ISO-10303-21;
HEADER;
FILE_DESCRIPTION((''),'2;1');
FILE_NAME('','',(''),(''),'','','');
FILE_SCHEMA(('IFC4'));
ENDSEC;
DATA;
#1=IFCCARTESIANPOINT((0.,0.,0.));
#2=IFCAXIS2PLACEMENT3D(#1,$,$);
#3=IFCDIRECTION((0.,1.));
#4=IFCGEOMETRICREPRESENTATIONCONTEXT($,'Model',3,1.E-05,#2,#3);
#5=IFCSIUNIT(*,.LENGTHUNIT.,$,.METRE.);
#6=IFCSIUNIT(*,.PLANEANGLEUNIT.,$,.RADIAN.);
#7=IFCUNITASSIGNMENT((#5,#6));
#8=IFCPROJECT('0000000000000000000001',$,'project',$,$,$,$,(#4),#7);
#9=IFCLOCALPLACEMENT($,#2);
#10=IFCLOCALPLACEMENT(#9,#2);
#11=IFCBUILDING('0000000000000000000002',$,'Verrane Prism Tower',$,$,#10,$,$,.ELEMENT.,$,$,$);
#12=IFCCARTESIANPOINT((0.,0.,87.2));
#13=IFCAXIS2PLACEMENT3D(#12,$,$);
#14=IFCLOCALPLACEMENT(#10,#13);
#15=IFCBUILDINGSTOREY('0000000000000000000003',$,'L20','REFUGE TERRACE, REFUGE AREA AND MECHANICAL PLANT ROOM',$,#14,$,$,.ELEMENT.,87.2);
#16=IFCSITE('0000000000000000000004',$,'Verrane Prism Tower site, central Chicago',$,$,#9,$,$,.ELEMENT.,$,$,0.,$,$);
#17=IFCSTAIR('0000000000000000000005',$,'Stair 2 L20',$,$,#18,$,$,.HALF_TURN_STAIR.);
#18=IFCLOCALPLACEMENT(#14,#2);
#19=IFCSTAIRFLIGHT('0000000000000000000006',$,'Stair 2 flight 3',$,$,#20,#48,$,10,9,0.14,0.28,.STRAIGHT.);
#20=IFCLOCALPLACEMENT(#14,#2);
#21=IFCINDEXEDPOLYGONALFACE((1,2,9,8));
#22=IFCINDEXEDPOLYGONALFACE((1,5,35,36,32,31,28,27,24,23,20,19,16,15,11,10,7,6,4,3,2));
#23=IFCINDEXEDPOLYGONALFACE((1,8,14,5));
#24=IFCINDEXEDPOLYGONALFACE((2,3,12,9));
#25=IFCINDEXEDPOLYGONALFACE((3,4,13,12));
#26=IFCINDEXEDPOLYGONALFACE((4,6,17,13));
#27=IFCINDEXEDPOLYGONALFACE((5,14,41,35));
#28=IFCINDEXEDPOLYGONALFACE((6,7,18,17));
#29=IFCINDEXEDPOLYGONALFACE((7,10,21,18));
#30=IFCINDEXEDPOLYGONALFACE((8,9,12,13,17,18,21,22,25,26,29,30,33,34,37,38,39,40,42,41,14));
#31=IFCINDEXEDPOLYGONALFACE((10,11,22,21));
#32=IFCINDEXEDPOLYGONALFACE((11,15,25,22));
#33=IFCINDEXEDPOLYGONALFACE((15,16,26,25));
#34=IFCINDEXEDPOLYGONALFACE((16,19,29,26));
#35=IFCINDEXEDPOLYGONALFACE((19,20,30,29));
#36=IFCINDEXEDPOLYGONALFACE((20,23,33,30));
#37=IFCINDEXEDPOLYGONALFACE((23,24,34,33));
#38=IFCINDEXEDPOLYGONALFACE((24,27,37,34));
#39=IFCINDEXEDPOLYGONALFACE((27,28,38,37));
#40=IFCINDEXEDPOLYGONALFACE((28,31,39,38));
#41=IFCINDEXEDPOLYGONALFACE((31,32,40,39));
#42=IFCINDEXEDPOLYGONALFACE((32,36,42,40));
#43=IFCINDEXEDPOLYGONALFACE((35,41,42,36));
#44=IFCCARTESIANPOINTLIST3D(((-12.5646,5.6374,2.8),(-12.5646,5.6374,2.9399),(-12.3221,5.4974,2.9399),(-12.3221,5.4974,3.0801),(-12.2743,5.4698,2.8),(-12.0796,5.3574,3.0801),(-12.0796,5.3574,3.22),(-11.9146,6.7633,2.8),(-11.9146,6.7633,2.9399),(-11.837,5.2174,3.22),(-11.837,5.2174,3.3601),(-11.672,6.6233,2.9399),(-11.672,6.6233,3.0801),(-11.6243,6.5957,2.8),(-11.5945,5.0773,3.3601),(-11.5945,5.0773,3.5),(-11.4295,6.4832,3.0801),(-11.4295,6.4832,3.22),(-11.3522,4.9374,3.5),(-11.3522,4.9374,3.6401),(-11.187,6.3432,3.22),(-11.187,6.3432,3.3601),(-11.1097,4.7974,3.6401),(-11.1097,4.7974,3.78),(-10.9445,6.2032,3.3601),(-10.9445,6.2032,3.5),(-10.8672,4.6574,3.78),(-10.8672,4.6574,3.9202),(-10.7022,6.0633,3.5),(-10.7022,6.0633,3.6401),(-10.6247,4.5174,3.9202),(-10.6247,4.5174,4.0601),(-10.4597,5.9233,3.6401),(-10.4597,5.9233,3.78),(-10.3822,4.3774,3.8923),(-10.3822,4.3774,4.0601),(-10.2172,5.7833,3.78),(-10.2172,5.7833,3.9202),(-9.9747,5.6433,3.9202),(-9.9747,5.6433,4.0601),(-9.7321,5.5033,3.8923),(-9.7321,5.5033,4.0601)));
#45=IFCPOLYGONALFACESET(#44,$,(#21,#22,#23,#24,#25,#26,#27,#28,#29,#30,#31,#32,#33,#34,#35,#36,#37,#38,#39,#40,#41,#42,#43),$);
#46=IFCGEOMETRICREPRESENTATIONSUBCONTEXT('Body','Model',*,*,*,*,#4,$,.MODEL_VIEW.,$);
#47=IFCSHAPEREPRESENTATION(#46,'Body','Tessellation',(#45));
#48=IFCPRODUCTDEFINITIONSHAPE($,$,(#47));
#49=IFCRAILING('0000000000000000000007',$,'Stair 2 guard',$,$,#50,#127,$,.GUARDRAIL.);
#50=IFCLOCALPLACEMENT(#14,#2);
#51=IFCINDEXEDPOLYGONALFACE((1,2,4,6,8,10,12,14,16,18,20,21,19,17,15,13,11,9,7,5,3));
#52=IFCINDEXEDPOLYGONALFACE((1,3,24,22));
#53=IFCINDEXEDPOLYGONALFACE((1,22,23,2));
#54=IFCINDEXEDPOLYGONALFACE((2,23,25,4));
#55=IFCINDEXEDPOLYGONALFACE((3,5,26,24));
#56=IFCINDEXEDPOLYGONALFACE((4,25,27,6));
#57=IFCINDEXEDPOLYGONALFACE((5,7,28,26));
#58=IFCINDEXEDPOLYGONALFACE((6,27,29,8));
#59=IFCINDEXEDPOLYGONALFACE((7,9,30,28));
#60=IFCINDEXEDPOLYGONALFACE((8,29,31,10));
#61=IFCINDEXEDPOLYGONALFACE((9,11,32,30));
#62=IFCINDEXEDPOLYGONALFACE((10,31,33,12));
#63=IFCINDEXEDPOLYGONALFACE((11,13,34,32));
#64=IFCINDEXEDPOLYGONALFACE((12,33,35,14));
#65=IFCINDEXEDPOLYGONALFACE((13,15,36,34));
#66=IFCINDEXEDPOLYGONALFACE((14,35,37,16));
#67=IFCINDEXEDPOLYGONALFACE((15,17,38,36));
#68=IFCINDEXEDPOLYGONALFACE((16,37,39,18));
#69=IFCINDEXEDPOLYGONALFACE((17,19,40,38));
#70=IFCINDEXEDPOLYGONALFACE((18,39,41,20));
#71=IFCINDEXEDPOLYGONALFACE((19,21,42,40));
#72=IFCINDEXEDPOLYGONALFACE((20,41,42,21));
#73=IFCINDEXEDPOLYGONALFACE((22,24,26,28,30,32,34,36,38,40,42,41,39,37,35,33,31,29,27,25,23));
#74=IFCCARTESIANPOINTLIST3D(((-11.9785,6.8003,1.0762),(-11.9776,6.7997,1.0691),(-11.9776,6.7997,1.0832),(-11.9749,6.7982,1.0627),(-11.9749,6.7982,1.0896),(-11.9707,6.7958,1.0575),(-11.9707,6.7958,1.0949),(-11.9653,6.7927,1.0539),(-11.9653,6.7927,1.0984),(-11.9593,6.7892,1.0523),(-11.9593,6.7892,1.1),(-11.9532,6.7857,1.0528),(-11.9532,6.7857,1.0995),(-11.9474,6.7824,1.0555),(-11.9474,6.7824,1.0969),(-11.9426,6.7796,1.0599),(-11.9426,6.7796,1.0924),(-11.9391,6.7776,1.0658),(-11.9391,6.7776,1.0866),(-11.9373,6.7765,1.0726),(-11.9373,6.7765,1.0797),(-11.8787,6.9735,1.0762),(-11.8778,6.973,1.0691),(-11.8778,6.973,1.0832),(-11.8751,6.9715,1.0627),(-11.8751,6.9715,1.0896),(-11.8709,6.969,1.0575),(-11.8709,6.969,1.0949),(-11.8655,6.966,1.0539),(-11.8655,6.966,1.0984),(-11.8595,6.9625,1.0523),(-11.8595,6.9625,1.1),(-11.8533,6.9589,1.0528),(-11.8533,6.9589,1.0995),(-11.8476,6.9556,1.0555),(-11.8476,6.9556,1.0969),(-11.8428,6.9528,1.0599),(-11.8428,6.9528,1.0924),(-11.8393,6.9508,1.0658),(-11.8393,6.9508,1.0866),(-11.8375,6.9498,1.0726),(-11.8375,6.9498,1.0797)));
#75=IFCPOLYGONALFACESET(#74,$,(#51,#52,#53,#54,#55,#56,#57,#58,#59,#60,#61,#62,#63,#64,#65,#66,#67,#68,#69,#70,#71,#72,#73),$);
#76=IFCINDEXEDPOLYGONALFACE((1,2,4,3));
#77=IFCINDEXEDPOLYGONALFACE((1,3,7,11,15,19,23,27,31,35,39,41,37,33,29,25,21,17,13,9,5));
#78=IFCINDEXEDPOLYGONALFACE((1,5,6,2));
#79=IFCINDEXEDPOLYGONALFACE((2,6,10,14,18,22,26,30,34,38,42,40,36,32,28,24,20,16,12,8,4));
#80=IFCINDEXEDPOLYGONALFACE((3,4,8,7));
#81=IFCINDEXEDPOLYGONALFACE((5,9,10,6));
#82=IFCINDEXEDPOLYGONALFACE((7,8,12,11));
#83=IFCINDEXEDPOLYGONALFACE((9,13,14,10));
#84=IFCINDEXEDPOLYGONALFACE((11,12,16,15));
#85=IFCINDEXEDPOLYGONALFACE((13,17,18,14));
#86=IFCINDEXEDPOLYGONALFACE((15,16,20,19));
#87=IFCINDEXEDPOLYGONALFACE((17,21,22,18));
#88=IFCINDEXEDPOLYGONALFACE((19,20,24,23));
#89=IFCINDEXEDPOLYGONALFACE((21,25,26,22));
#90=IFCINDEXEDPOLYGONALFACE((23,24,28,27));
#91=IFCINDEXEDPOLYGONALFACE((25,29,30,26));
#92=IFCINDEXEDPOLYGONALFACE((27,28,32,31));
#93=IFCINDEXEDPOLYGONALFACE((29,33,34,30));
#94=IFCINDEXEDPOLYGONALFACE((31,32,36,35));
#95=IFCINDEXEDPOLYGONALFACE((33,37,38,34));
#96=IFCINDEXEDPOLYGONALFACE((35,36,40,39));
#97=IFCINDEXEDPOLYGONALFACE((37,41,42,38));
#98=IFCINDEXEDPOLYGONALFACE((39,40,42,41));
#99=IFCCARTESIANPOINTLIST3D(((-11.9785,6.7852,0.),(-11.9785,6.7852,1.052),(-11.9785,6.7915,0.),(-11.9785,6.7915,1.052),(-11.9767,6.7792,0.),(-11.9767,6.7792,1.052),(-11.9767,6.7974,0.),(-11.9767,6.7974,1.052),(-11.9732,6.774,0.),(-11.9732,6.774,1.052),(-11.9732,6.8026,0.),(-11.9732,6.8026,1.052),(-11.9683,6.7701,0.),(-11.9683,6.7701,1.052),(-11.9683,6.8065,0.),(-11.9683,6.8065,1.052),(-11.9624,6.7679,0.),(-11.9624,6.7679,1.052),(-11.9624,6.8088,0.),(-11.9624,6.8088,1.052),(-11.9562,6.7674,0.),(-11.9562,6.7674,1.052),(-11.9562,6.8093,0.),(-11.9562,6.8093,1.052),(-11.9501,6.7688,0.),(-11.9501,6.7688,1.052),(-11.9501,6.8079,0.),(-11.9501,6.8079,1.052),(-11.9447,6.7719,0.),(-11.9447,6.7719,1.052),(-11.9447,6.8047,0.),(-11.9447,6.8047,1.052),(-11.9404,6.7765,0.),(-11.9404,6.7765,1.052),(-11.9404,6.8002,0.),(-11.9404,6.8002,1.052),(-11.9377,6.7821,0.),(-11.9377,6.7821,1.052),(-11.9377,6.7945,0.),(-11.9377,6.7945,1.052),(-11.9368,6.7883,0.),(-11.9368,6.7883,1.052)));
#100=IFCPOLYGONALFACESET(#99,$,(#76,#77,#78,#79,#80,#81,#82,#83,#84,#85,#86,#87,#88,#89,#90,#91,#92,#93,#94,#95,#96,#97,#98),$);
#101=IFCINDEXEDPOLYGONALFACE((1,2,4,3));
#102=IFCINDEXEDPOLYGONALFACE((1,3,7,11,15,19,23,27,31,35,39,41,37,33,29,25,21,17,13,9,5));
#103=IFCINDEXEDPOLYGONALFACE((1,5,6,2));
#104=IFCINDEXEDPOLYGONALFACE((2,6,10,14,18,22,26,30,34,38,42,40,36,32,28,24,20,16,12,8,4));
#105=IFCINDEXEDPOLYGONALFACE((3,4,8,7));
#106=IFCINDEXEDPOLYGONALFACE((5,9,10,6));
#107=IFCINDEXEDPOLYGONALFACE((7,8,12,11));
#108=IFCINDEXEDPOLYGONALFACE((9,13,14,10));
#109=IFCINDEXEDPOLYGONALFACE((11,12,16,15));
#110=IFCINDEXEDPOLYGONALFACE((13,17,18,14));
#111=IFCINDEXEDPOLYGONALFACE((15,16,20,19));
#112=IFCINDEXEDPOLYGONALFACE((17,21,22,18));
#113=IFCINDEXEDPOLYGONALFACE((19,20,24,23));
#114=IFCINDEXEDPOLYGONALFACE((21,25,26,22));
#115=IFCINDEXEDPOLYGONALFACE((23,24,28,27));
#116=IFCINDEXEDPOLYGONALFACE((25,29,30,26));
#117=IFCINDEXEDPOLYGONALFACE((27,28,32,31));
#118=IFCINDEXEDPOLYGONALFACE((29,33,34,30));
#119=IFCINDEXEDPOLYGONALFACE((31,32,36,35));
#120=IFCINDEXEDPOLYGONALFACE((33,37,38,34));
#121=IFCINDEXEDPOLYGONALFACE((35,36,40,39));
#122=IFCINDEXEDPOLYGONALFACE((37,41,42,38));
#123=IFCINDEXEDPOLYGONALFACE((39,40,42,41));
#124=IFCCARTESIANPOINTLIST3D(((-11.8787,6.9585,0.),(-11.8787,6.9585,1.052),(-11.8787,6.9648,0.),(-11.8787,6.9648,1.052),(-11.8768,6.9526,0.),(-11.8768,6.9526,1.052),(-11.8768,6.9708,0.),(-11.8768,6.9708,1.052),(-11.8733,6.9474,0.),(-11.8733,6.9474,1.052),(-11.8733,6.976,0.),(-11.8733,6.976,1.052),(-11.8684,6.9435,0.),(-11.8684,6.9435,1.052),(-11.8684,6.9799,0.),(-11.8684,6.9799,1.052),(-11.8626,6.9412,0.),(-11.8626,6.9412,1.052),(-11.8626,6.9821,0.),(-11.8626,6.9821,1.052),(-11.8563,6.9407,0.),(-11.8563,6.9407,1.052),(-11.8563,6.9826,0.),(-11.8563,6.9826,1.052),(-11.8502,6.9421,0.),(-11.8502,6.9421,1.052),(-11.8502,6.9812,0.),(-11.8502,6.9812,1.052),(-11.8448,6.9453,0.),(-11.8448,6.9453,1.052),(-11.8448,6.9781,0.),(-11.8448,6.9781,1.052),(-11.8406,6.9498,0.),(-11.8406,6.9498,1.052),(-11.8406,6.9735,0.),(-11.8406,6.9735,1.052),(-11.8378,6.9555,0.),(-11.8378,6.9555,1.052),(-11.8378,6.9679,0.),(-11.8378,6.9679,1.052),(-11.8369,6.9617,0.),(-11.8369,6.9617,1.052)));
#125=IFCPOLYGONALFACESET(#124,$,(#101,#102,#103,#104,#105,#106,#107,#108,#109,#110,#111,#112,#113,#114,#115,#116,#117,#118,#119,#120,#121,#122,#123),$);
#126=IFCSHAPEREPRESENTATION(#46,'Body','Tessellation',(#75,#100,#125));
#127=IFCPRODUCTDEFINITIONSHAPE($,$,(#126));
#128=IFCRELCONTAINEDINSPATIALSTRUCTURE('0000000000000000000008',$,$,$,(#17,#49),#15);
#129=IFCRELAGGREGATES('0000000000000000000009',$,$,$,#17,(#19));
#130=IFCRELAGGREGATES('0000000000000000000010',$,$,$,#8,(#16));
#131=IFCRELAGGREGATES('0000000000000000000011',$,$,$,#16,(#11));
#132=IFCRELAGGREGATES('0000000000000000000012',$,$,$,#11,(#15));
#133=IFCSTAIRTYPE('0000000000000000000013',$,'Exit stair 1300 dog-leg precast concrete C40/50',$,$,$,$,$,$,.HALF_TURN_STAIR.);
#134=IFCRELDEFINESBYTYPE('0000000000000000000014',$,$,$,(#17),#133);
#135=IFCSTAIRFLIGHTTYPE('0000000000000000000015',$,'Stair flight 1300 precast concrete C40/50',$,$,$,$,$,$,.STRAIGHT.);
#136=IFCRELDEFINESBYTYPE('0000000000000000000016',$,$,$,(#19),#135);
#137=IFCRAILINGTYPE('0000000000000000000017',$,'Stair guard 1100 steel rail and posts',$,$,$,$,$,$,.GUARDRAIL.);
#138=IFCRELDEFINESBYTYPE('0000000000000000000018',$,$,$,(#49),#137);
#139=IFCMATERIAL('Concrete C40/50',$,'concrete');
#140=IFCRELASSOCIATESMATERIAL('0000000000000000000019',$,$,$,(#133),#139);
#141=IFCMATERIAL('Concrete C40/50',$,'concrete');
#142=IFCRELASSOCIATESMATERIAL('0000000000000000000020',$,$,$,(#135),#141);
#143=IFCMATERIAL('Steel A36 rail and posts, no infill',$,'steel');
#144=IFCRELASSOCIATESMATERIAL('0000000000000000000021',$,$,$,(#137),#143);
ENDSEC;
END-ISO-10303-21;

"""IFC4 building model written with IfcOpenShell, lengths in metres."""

from ifc_helpers import new_model, si_unit, direction, frame, origin, origin_2d, place, context, subcontext, project, spatial, polyline, circle, outline, extrude, material, type_object, element, aggregate, save


model = new_model("IFC4")

# Units and contexts
model_context = context("Model", 3, precision=1e-05, world=origin(), true_north=direction((0.0, 1.0)))
body_context = subcontext(model_context, "Body", "Model", "MODEL_VIEW")
ifc_project = project(units=[si_unit("LENGTHUNIT", "METRE"), si_unit("PLANEANGLEUNIT", "RADIAN")], contexts=[model_context])

# Site, building, storey
site_placement = place(None, origin())
site = spatial("IfcSite", under=ifc_project, at=site_placement, Name="Verrane Prism Tower site, central Chicago", CompositionType="ELEMENT", RefElevation=0.0)
building_placement = place(site_placement, origin())
building = spatial("IfcBuilding", under=site, at=building_placement, Name="Verrane Prism Tower", CompositionType="ELEMENT")
storey_placement = place(building_placement, frame((0.0, 0.0, 87.2)))
storey = spatial("IfcBuildingStorey", under=building, at=storey_placement, Name="L20", Description="REFUGE TERRACE, REFUGE AREA AND MECHANICAL PLANT ROOM", CompositionType="ELEMENT", Elevation=87.2)

# Stair, stair flight
ifc_material_1 = material(Name="Concrete C40/50", Category="concrete")
stair_type = type_object("IfcStairType", Name="Exit stair 1300 dog-leg precast concrete C40/50", PredefinedType="HALF_TURN_STAIR", material=ifc_material_1)
stair_placement = place(storey_placement, origin())
stair = element("IfcStair", 1, at=stair_placement, inside=storey, type_object=stair_type, Name="Stair 2 L20", PredefinedType="HALF_TURN_STAIR")
ifc_material_2 = material(Name="Concrete C40/50", Category="concrete")
stair_flight_type = type_object("IfcStairFlightType", Name="Stair flight 1300 precast concrete C40/50", PredefinedType="STRAIGHT", material=ifc_material_2)
stair_flight_1_placement = place(storey_placement, frame((-12.2395, 6.2004, 2.8), z_axis=(0.0, 0.0, 1.0), x_axis=(0.866025, -0.5, 0.0)))
stair_flight_1 = element("IfcStairFlight", 2, at=stair_flight_1_placement, type_object=stair_flight_type, Name="Stair 2 flight 3", NumberOfRisers=10, NumberOfTreads=9, PredefinedType="STRAIGHT", RiserHeight=0.14, TreadLength=0.28, context=body_context, shape_type="SweptSolid", body=[
    extrude(outline(polyline([(0.0, 0.0), (0.0, 0.1399), (0.28, 0.1399), (0.28, 0.28), (0.5601, 0.28), (0.5601, 0.4199), (0.8401, 0.4199), (0.8401, 0.5601), (1.1201, 0.5601), (1.1201, 0.7), (1.3999, 0.7), (1.3999, 0.8401), (1.6799, 0.8401), (1.6799, 0.98), (1.96, 0.98), (1.96, 1.1201), (2.24, 1.1201), (2.24, 1.26), (2.52, 1.26), (2.52, 1.3999), (2.52, 1.0923), (0.3352, 0.0), (0.0, 0.0)])), frame((0.0, 0.6499, 0.0), z_axis=(0.0, -1.0, 0.0), x_axis=(1.0, 0.0, 0.0)), (0.0, 0.0, 1.0), 1.3),
])
aggregate(stair, [stair_flight_1])

# Railing
ifc_material_3 = material(Name="Steel A36 rail and posts, no infill", Category="steel")
railing_type_1 = type_object("IfcRailingType", Name="Stair guard 1100 steel rail and posts", PredefinedType="GUARDRAIL", material=ifc_material_3)
railing_1_placement = place(storey_placement, frame((-11.9578, 6.7883, 0.0)))
element("IfcRailing", 3, at=railing_1_placement, inside=storey, type_object=railing_type_1, Name="Stair 2 guard", PredefinedType="GUARDRAIL", context=body_context, shape_type="SweptSolid", body=[
    extrude(circle(Radius=0.0239, at=origin_2d()), frame((0.0, 0.0, 1.0762), z_axis=(0.499159, 0.86651, 0.0), x_axis=(-0.86651, 0.499159, 0.0)), (0.0, 0.0, 1.0), 0.2),
    extrude(circle(Radius=0.021, at=origin_2d()), origin(), (0.0, 0.0, 1.0), 1.052),
    extrude(circle(Radius=0.021, at=origin_2d()), frame((0.0999, 0.1733, 0.0)), (0.0, 0.0, 1.0), 1.052),
])

save(model, "model.ifc")
